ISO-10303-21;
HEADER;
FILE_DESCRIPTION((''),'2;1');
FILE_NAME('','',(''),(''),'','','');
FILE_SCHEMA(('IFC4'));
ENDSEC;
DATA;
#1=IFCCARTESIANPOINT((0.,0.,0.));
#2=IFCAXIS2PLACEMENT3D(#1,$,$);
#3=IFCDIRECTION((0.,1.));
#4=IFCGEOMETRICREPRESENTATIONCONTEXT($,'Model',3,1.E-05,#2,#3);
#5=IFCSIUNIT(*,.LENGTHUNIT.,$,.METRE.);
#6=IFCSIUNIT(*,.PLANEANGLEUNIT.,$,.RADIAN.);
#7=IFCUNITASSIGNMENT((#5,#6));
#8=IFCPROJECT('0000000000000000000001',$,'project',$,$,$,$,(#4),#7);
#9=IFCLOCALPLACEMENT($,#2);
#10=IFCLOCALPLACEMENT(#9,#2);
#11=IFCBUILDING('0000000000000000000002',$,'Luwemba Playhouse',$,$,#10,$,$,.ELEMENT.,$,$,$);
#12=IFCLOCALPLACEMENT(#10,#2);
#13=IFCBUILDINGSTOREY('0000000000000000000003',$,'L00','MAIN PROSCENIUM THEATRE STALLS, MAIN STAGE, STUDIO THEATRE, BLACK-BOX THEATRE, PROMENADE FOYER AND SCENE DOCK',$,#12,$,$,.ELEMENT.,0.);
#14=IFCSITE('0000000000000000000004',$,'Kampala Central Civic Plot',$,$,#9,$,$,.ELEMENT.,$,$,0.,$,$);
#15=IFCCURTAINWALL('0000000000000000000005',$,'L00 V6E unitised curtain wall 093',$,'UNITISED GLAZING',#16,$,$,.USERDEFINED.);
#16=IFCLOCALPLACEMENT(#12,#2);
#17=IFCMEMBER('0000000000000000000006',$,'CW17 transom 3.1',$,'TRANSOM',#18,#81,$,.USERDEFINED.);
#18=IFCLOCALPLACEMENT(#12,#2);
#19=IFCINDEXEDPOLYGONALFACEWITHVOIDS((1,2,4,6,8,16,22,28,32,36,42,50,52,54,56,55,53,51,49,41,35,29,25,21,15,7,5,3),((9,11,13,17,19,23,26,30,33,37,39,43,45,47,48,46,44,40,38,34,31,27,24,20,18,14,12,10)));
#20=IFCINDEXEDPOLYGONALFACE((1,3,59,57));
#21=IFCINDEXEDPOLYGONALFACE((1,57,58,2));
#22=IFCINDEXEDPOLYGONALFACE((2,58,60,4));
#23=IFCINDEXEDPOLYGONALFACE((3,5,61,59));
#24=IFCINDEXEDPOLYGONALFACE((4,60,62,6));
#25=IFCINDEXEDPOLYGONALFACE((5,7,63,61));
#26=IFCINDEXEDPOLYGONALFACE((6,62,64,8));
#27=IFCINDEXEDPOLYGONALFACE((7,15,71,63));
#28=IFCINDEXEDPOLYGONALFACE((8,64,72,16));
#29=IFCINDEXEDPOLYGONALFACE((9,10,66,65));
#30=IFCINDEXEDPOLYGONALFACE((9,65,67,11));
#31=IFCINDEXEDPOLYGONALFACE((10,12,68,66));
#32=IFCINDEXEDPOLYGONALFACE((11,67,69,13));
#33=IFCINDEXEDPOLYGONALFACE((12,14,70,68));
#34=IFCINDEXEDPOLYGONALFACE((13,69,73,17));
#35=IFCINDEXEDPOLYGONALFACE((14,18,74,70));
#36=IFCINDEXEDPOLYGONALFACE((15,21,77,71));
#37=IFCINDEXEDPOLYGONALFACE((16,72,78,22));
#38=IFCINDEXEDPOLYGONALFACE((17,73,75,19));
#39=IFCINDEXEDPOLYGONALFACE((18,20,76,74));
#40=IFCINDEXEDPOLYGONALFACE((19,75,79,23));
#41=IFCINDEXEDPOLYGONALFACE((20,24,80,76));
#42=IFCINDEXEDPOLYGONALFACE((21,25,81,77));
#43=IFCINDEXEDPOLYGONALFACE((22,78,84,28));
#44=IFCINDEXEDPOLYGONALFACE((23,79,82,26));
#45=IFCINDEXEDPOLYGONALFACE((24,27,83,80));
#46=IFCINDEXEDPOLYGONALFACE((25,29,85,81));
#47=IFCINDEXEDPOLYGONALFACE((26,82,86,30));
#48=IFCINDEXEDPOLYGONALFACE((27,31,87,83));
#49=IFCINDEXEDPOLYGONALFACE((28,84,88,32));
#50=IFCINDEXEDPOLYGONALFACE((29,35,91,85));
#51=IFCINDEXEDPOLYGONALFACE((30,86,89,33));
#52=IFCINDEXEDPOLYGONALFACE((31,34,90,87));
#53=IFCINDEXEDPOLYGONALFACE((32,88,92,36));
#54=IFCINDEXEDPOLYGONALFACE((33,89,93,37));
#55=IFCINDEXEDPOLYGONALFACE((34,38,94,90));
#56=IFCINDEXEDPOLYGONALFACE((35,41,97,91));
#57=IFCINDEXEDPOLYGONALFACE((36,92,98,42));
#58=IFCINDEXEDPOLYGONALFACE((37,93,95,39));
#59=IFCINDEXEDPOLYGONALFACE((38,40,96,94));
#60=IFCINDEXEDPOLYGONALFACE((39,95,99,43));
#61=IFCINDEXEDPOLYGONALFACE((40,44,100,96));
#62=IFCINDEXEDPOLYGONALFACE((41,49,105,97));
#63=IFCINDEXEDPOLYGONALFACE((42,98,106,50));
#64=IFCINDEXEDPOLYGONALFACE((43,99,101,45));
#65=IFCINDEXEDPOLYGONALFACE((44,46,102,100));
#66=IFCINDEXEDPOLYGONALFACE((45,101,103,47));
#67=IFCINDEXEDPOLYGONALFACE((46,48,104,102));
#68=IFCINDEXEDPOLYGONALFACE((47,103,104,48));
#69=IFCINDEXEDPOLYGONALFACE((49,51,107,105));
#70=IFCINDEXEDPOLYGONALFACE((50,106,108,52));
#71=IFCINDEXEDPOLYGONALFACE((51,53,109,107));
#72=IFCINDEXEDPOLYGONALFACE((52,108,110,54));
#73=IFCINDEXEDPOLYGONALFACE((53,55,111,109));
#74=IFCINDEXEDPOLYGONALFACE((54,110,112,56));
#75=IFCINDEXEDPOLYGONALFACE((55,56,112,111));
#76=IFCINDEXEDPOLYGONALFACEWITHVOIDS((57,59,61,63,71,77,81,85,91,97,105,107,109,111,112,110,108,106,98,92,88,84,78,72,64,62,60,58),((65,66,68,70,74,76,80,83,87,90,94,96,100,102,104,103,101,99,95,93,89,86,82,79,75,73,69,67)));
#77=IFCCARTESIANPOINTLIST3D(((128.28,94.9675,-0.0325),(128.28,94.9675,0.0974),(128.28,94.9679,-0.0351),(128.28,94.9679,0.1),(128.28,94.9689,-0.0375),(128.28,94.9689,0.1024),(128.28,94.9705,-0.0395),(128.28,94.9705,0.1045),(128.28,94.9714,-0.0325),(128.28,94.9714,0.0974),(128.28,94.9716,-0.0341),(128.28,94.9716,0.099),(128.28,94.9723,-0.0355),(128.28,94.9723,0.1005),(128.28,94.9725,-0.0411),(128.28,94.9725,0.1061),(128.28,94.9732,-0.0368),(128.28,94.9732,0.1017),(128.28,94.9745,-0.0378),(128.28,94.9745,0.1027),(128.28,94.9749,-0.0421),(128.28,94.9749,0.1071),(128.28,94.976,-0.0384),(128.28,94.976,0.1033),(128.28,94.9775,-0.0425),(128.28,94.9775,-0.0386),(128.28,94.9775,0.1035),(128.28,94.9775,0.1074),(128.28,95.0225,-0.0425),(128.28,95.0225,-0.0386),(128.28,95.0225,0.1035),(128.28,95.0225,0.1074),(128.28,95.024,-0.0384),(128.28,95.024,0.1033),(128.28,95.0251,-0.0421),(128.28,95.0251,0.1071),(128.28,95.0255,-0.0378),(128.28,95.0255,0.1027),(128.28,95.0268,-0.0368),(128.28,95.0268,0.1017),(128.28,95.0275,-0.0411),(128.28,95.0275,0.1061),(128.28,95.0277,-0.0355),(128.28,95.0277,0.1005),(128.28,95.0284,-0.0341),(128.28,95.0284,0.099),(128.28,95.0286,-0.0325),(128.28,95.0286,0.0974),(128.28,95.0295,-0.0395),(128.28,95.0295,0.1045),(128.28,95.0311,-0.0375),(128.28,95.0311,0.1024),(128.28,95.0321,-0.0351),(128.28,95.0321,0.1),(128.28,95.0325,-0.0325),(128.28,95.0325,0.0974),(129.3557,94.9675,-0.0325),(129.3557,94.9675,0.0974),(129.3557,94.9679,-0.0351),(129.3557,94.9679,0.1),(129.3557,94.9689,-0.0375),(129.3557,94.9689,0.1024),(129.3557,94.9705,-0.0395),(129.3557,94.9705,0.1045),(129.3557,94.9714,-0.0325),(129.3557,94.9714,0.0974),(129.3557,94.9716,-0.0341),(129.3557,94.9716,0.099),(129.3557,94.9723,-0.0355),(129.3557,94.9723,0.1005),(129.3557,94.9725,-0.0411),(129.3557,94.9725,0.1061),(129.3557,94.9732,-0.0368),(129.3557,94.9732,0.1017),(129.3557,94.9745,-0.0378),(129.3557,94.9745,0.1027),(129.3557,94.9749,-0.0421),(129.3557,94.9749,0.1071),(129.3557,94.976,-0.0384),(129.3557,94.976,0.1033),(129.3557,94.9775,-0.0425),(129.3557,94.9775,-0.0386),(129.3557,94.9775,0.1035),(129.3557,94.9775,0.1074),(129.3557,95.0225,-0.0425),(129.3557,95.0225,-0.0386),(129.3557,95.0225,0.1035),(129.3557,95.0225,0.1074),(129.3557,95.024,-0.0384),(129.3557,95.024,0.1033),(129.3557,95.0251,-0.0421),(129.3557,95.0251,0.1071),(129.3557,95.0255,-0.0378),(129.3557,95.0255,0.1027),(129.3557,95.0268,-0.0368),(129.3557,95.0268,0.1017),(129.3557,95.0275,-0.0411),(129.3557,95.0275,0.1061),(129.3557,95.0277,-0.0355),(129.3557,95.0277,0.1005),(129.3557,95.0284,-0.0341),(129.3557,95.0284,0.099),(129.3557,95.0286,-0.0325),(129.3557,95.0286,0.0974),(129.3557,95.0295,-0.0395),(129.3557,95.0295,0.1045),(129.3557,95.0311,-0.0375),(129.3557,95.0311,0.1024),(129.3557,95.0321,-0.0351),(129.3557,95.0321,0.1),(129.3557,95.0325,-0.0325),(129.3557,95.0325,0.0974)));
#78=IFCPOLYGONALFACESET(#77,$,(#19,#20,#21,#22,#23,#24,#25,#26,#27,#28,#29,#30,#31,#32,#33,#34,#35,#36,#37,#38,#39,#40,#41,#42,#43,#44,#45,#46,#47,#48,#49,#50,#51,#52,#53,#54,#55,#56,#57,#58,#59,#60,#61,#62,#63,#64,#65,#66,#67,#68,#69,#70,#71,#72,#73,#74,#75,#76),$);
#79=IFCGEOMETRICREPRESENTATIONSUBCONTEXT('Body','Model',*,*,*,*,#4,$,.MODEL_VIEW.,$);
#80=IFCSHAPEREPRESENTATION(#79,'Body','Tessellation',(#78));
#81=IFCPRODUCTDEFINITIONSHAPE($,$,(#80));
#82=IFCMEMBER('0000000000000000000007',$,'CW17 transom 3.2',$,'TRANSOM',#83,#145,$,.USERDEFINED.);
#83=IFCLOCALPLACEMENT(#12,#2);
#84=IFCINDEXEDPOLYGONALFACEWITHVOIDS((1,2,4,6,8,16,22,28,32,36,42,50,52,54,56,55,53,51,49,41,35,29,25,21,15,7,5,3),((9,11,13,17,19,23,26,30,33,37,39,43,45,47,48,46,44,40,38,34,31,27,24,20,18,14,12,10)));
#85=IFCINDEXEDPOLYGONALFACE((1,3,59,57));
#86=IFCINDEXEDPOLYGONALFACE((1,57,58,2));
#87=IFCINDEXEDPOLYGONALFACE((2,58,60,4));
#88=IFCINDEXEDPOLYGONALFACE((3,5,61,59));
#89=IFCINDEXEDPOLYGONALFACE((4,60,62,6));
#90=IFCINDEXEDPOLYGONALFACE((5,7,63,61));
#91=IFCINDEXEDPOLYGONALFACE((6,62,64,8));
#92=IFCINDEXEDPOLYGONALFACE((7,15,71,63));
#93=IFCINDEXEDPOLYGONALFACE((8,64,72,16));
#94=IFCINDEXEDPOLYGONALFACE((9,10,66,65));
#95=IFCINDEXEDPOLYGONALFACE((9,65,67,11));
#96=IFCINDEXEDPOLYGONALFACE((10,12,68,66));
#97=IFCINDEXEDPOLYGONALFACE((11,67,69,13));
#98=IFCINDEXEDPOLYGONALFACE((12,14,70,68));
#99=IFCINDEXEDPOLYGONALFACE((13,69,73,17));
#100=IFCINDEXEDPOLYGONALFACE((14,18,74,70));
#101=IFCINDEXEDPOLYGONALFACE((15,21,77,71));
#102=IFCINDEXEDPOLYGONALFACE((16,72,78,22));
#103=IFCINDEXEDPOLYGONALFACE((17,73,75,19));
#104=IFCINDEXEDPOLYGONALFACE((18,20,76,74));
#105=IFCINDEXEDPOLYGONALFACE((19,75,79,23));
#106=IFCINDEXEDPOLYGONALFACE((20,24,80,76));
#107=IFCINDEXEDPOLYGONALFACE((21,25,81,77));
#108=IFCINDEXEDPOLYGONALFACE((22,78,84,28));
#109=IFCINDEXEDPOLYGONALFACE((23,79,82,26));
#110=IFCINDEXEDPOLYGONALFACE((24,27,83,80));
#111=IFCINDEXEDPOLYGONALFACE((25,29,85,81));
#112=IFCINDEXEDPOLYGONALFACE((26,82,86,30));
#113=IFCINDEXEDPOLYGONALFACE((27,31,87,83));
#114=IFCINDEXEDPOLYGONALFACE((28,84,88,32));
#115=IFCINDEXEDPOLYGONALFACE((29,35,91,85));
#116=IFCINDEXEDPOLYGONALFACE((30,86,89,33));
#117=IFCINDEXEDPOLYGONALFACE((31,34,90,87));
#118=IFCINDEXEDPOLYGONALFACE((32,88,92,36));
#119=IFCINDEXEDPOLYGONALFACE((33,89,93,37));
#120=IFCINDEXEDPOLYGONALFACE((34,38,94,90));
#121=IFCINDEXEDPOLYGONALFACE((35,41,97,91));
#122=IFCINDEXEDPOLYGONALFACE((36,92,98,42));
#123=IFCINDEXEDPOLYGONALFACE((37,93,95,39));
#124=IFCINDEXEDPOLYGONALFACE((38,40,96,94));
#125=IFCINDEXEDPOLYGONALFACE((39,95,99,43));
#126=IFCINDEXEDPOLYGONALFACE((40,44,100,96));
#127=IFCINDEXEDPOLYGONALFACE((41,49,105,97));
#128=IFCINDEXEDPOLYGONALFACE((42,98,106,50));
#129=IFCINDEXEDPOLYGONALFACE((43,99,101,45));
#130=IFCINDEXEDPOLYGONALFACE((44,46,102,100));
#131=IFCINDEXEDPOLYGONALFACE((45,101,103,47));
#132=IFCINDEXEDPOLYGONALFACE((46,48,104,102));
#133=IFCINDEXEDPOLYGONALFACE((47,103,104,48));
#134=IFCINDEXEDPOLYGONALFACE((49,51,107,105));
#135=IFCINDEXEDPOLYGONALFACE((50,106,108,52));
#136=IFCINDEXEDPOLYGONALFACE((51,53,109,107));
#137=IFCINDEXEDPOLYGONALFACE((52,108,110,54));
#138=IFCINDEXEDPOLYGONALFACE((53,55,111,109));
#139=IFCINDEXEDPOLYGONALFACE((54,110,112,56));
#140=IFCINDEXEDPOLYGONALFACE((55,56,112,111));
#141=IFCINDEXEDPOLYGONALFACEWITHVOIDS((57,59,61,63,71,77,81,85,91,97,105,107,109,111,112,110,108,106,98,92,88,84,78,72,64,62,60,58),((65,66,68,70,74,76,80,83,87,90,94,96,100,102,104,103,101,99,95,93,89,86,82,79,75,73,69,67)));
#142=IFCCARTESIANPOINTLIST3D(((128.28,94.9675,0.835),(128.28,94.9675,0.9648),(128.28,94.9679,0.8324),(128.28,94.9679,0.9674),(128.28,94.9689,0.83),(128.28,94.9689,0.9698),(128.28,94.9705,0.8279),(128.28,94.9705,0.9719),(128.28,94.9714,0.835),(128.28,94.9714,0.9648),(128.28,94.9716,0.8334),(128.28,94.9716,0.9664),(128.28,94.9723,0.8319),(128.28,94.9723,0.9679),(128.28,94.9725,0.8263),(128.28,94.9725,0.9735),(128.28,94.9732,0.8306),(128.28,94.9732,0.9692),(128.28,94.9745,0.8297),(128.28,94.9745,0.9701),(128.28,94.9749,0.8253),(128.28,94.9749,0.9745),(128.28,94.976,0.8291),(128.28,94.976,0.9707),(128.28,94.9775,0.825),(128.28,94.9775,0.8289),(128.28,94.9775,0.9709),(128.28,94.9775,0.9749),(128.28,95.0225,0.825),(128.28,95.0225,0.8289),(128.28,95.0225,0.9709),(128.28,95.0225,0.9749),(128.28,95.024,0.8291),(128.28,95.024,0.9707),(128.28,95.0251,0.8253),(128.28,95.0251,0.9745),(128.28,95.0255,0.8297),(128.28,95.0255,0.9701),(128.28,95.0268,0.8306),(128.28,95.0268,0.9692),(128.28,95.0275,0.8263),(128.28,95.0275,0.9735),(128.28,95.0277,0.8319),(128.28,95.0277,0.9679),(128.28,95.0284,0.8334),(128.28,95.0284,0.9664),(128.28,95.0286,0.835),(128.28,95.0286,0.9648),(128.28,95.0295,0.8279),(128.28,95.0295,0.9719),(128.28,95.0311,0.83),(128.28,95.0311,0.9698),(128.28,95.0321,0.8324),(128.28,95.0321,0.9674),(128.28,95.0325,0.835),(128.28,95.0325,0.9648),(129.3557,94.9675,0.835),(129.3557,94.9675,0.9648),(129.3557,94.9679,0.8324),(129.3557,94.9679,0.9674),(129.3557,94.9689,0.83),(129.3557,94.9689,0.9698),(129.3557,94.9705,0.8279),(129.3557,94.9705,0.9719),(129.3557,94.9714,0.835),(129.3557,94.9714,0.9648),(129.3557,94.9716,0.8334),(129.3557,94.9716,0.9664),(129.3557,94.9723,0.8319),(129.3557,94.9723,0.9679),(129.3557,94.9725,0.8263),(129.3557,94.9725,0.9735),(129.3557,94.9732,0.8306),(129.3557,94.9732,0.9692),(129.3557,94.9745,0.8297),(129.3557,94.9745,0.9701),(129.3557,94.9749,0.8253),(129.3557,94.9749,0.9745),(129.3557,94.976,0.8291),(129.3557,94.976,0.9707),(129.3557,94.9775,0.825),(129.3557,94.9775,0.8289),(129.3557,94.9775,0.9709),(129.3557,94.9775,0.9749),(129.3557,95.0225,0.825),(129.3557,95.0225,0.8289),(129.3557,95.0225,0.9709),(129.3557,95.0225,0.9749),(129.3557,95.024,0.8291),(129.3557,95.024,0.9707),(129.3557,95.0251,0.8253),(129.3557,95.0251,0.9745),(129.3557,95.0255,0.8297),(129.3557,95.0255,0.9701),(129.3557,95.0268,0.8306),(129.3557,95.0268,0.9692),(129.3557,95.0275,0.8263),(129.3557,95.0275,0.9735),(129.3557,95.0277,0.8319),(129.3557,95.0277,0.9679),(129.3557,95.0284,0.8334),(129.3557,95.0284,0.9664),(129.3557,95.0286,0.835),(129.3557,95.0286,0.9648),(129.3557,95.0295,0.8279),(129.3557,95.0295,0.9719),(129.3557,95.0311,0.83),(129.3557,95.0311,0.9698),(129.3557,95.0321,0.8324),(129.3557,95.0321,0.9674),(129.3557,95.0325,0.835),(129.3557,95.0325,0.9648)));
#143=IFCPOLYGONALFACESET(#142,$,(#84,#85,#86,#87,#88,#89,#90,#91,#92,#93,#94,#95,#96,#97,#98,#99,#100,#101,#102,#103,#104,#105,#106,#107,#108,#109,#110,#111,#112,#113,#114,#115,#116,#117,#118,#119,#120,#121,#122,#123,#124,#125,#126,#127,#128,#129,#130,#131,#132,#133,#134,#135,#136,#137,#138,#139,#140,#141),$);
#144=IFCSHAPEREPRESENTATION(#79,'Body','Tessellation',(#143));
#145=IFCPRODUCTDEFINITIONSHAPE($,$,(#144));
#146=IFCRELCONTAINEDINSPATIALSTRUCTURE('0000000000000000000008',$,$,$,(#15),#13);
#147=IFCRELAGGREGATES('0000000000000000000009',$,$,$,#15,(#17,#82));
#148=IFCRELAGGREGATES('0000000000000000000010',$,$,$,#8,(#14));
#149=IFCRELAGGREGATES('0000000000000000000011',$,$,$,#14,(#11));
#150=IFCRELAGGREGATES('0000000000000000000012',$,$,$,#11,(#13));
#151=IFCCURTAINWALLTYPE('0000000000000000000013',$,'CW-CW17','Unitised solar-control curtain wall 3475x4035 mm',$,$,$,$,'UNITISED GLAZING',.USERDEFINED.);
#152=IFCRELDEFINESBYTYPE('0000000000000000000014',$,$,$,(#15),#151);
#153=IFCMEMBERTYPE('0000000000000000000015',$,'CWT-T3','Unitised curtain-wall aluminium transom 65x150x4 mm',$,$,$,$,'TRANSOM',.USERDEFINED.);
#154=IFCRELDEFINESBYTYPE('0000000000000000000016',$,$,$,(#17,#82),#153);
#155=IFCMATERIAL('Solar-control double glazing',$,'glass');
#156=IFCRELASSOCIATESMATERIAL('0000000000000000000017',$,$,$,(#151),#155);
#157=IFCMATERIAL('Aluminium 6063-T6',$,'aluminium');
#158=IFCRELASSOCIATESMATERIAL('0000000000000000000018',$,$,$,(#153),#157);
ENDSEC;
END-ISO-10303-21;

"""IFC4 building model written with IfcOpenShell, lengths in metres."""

from ifc_helpers import new_model, si_unit, direction, frame, origin, origin_2d, place, context, subcontext, project, spatial, hollow_rectangle, extrude, material, material_profile, profile_set, type_object, element, aggregate, save


model = new_model("IFC4")

# Units and contexts
model_context = context("Model", 3, precision=1e-05, world=origin(), true_north=direction((0.0, 1.0)))
body_context = subcontext(model_context, "Body", "Model", "MODEL_VIEW")
ifc_project = project(units=[si_unit("LENGTHUNIT", "METRE"), si_unit("PLANEANGLEUNIT", "RADIAN")], contexts=[model_context])

# Site, building, storey
site_placement = place(None, origin())
site = spatial("IfcSite", under=ifc_project, at=site_placement, Name="Kampala Central Civic Plot", CompositionType="ELEMENT", RefElevation=0.0)
building_placement = place(site_placement, origin())
building = spatial("IfcBuilding", under=site, at=building_placement, Name="Luwemba Playhouse", CompositionType="ELEMENT")
storey_placement = place(building_placement, origin())
storey = spatial("IfcBuildingStorey", under=building, at=storey_placement, Name="L00", Description="MAIN PROSCENIUM THEATRE STALLS, MAIN STAGE, STUDIO THEATRE, BLACK-BOX THEATRE, PROMENADE FOYER AND SCENE DOCK", CompositionType="ELEMENT", Elevation=0.0)

# Curtain wall, members
ifc_material_1 = material(Name="Solar-control double glazing", Category="glass")
curtain_wall_type = type_object("IfcCurtainWallType", Name="CW-CW17", Description="Unitised solar-control curtain wall 3475x4035 mm", ElementType="UNITISED GLAZING", PredefinedType="USERDEFINED", material=ifc_material_1)
curtain_wall_placement = place(storey_placement, origin())
curtain_wall = element("IfcCurtainWall", 1, at=curtain_wall_placement, inside=storey, type_object=curtain_wall_type, Name="L00 V6E unitised curtain wall 093", ObjectType="UNITISED GLAZING", PredefinedType="USERDEFINED")
ifc_material_2 = material(Name="Aluminium 6063-T6", Category="aluminium")
ifc_material_profile_1 = material_profile(ifc_material_2, hollow_rectangle(XDim=0.0649, YDim=0.1499, WallThickness=0.0039, InnerFilletRadius=0.0061, OuterFilletRadius=0.01, at=origin_2d()))
ifc_profile_set_1 = profile_set([ifc_material_profile_1], Name="Aluminium 6063-T6")
member_type_1 = type_object("IfcMemberType", Name="CWT-T3", Description="Unitised curtain-wall aluminium transom 65x150x4 mm", ElementType="TRANSOM", PredefinedType="USERDEFINED", material=ifc_profile_set_1)
member_1_placement = place(storey_placement, frame((129.3557, 95.0, 0.0325), z_axis=(-1.0, 0.0, 0.0), x_axis=(0.0, -1.0, 0.0)))
member_1 = element("IfcMember", 2, at=member_1_placement, type_object=member_type_1, Name="CW17 transom 3.1", ObjectType="TRANSOM", PredefinedType="USERDEFINED", context=body_context, shape_type="SweptSolid", body=[
    extrude(hollow_rectangle(XDim=0.0649, YDim=0.1499, WallThickness=0.0039, InnerFilletRadius=0.0061, OuterFilletRadius=0.01, at=origin_2d()), origin(), (0.0, 0.0, 1.0), 1.0757),
])
member_2_placement = place(storey_placement, frame((129.3557, 95.0, 0.8999), z_axis=(-1.0, 0.0, 0.0), x_axis=(0.0, -1.0, 0.0)))
member_2 = element("IfcMember", 3, at=member_2_placement, type_object=member_type_1, Name="CW17 transom 3.2", ObjectType="TRANSOM", PredefinedType="USERDEFINED", context=body_context, shape_type="SweptSolid", body=[
    extrude(hollow_rectangle(XDim=0.0649, YDim=0.1499, WallThickness=0.0039, InnerFilletRadius=0.0061, OuterFilletRadius=0.01, at=origin_2d()), origin(), (0.0, 0.0, 1.0), 1.0757),
])
aggregate(curtain_wall, [member_1, member_2])

save(model, "model.ifc")
